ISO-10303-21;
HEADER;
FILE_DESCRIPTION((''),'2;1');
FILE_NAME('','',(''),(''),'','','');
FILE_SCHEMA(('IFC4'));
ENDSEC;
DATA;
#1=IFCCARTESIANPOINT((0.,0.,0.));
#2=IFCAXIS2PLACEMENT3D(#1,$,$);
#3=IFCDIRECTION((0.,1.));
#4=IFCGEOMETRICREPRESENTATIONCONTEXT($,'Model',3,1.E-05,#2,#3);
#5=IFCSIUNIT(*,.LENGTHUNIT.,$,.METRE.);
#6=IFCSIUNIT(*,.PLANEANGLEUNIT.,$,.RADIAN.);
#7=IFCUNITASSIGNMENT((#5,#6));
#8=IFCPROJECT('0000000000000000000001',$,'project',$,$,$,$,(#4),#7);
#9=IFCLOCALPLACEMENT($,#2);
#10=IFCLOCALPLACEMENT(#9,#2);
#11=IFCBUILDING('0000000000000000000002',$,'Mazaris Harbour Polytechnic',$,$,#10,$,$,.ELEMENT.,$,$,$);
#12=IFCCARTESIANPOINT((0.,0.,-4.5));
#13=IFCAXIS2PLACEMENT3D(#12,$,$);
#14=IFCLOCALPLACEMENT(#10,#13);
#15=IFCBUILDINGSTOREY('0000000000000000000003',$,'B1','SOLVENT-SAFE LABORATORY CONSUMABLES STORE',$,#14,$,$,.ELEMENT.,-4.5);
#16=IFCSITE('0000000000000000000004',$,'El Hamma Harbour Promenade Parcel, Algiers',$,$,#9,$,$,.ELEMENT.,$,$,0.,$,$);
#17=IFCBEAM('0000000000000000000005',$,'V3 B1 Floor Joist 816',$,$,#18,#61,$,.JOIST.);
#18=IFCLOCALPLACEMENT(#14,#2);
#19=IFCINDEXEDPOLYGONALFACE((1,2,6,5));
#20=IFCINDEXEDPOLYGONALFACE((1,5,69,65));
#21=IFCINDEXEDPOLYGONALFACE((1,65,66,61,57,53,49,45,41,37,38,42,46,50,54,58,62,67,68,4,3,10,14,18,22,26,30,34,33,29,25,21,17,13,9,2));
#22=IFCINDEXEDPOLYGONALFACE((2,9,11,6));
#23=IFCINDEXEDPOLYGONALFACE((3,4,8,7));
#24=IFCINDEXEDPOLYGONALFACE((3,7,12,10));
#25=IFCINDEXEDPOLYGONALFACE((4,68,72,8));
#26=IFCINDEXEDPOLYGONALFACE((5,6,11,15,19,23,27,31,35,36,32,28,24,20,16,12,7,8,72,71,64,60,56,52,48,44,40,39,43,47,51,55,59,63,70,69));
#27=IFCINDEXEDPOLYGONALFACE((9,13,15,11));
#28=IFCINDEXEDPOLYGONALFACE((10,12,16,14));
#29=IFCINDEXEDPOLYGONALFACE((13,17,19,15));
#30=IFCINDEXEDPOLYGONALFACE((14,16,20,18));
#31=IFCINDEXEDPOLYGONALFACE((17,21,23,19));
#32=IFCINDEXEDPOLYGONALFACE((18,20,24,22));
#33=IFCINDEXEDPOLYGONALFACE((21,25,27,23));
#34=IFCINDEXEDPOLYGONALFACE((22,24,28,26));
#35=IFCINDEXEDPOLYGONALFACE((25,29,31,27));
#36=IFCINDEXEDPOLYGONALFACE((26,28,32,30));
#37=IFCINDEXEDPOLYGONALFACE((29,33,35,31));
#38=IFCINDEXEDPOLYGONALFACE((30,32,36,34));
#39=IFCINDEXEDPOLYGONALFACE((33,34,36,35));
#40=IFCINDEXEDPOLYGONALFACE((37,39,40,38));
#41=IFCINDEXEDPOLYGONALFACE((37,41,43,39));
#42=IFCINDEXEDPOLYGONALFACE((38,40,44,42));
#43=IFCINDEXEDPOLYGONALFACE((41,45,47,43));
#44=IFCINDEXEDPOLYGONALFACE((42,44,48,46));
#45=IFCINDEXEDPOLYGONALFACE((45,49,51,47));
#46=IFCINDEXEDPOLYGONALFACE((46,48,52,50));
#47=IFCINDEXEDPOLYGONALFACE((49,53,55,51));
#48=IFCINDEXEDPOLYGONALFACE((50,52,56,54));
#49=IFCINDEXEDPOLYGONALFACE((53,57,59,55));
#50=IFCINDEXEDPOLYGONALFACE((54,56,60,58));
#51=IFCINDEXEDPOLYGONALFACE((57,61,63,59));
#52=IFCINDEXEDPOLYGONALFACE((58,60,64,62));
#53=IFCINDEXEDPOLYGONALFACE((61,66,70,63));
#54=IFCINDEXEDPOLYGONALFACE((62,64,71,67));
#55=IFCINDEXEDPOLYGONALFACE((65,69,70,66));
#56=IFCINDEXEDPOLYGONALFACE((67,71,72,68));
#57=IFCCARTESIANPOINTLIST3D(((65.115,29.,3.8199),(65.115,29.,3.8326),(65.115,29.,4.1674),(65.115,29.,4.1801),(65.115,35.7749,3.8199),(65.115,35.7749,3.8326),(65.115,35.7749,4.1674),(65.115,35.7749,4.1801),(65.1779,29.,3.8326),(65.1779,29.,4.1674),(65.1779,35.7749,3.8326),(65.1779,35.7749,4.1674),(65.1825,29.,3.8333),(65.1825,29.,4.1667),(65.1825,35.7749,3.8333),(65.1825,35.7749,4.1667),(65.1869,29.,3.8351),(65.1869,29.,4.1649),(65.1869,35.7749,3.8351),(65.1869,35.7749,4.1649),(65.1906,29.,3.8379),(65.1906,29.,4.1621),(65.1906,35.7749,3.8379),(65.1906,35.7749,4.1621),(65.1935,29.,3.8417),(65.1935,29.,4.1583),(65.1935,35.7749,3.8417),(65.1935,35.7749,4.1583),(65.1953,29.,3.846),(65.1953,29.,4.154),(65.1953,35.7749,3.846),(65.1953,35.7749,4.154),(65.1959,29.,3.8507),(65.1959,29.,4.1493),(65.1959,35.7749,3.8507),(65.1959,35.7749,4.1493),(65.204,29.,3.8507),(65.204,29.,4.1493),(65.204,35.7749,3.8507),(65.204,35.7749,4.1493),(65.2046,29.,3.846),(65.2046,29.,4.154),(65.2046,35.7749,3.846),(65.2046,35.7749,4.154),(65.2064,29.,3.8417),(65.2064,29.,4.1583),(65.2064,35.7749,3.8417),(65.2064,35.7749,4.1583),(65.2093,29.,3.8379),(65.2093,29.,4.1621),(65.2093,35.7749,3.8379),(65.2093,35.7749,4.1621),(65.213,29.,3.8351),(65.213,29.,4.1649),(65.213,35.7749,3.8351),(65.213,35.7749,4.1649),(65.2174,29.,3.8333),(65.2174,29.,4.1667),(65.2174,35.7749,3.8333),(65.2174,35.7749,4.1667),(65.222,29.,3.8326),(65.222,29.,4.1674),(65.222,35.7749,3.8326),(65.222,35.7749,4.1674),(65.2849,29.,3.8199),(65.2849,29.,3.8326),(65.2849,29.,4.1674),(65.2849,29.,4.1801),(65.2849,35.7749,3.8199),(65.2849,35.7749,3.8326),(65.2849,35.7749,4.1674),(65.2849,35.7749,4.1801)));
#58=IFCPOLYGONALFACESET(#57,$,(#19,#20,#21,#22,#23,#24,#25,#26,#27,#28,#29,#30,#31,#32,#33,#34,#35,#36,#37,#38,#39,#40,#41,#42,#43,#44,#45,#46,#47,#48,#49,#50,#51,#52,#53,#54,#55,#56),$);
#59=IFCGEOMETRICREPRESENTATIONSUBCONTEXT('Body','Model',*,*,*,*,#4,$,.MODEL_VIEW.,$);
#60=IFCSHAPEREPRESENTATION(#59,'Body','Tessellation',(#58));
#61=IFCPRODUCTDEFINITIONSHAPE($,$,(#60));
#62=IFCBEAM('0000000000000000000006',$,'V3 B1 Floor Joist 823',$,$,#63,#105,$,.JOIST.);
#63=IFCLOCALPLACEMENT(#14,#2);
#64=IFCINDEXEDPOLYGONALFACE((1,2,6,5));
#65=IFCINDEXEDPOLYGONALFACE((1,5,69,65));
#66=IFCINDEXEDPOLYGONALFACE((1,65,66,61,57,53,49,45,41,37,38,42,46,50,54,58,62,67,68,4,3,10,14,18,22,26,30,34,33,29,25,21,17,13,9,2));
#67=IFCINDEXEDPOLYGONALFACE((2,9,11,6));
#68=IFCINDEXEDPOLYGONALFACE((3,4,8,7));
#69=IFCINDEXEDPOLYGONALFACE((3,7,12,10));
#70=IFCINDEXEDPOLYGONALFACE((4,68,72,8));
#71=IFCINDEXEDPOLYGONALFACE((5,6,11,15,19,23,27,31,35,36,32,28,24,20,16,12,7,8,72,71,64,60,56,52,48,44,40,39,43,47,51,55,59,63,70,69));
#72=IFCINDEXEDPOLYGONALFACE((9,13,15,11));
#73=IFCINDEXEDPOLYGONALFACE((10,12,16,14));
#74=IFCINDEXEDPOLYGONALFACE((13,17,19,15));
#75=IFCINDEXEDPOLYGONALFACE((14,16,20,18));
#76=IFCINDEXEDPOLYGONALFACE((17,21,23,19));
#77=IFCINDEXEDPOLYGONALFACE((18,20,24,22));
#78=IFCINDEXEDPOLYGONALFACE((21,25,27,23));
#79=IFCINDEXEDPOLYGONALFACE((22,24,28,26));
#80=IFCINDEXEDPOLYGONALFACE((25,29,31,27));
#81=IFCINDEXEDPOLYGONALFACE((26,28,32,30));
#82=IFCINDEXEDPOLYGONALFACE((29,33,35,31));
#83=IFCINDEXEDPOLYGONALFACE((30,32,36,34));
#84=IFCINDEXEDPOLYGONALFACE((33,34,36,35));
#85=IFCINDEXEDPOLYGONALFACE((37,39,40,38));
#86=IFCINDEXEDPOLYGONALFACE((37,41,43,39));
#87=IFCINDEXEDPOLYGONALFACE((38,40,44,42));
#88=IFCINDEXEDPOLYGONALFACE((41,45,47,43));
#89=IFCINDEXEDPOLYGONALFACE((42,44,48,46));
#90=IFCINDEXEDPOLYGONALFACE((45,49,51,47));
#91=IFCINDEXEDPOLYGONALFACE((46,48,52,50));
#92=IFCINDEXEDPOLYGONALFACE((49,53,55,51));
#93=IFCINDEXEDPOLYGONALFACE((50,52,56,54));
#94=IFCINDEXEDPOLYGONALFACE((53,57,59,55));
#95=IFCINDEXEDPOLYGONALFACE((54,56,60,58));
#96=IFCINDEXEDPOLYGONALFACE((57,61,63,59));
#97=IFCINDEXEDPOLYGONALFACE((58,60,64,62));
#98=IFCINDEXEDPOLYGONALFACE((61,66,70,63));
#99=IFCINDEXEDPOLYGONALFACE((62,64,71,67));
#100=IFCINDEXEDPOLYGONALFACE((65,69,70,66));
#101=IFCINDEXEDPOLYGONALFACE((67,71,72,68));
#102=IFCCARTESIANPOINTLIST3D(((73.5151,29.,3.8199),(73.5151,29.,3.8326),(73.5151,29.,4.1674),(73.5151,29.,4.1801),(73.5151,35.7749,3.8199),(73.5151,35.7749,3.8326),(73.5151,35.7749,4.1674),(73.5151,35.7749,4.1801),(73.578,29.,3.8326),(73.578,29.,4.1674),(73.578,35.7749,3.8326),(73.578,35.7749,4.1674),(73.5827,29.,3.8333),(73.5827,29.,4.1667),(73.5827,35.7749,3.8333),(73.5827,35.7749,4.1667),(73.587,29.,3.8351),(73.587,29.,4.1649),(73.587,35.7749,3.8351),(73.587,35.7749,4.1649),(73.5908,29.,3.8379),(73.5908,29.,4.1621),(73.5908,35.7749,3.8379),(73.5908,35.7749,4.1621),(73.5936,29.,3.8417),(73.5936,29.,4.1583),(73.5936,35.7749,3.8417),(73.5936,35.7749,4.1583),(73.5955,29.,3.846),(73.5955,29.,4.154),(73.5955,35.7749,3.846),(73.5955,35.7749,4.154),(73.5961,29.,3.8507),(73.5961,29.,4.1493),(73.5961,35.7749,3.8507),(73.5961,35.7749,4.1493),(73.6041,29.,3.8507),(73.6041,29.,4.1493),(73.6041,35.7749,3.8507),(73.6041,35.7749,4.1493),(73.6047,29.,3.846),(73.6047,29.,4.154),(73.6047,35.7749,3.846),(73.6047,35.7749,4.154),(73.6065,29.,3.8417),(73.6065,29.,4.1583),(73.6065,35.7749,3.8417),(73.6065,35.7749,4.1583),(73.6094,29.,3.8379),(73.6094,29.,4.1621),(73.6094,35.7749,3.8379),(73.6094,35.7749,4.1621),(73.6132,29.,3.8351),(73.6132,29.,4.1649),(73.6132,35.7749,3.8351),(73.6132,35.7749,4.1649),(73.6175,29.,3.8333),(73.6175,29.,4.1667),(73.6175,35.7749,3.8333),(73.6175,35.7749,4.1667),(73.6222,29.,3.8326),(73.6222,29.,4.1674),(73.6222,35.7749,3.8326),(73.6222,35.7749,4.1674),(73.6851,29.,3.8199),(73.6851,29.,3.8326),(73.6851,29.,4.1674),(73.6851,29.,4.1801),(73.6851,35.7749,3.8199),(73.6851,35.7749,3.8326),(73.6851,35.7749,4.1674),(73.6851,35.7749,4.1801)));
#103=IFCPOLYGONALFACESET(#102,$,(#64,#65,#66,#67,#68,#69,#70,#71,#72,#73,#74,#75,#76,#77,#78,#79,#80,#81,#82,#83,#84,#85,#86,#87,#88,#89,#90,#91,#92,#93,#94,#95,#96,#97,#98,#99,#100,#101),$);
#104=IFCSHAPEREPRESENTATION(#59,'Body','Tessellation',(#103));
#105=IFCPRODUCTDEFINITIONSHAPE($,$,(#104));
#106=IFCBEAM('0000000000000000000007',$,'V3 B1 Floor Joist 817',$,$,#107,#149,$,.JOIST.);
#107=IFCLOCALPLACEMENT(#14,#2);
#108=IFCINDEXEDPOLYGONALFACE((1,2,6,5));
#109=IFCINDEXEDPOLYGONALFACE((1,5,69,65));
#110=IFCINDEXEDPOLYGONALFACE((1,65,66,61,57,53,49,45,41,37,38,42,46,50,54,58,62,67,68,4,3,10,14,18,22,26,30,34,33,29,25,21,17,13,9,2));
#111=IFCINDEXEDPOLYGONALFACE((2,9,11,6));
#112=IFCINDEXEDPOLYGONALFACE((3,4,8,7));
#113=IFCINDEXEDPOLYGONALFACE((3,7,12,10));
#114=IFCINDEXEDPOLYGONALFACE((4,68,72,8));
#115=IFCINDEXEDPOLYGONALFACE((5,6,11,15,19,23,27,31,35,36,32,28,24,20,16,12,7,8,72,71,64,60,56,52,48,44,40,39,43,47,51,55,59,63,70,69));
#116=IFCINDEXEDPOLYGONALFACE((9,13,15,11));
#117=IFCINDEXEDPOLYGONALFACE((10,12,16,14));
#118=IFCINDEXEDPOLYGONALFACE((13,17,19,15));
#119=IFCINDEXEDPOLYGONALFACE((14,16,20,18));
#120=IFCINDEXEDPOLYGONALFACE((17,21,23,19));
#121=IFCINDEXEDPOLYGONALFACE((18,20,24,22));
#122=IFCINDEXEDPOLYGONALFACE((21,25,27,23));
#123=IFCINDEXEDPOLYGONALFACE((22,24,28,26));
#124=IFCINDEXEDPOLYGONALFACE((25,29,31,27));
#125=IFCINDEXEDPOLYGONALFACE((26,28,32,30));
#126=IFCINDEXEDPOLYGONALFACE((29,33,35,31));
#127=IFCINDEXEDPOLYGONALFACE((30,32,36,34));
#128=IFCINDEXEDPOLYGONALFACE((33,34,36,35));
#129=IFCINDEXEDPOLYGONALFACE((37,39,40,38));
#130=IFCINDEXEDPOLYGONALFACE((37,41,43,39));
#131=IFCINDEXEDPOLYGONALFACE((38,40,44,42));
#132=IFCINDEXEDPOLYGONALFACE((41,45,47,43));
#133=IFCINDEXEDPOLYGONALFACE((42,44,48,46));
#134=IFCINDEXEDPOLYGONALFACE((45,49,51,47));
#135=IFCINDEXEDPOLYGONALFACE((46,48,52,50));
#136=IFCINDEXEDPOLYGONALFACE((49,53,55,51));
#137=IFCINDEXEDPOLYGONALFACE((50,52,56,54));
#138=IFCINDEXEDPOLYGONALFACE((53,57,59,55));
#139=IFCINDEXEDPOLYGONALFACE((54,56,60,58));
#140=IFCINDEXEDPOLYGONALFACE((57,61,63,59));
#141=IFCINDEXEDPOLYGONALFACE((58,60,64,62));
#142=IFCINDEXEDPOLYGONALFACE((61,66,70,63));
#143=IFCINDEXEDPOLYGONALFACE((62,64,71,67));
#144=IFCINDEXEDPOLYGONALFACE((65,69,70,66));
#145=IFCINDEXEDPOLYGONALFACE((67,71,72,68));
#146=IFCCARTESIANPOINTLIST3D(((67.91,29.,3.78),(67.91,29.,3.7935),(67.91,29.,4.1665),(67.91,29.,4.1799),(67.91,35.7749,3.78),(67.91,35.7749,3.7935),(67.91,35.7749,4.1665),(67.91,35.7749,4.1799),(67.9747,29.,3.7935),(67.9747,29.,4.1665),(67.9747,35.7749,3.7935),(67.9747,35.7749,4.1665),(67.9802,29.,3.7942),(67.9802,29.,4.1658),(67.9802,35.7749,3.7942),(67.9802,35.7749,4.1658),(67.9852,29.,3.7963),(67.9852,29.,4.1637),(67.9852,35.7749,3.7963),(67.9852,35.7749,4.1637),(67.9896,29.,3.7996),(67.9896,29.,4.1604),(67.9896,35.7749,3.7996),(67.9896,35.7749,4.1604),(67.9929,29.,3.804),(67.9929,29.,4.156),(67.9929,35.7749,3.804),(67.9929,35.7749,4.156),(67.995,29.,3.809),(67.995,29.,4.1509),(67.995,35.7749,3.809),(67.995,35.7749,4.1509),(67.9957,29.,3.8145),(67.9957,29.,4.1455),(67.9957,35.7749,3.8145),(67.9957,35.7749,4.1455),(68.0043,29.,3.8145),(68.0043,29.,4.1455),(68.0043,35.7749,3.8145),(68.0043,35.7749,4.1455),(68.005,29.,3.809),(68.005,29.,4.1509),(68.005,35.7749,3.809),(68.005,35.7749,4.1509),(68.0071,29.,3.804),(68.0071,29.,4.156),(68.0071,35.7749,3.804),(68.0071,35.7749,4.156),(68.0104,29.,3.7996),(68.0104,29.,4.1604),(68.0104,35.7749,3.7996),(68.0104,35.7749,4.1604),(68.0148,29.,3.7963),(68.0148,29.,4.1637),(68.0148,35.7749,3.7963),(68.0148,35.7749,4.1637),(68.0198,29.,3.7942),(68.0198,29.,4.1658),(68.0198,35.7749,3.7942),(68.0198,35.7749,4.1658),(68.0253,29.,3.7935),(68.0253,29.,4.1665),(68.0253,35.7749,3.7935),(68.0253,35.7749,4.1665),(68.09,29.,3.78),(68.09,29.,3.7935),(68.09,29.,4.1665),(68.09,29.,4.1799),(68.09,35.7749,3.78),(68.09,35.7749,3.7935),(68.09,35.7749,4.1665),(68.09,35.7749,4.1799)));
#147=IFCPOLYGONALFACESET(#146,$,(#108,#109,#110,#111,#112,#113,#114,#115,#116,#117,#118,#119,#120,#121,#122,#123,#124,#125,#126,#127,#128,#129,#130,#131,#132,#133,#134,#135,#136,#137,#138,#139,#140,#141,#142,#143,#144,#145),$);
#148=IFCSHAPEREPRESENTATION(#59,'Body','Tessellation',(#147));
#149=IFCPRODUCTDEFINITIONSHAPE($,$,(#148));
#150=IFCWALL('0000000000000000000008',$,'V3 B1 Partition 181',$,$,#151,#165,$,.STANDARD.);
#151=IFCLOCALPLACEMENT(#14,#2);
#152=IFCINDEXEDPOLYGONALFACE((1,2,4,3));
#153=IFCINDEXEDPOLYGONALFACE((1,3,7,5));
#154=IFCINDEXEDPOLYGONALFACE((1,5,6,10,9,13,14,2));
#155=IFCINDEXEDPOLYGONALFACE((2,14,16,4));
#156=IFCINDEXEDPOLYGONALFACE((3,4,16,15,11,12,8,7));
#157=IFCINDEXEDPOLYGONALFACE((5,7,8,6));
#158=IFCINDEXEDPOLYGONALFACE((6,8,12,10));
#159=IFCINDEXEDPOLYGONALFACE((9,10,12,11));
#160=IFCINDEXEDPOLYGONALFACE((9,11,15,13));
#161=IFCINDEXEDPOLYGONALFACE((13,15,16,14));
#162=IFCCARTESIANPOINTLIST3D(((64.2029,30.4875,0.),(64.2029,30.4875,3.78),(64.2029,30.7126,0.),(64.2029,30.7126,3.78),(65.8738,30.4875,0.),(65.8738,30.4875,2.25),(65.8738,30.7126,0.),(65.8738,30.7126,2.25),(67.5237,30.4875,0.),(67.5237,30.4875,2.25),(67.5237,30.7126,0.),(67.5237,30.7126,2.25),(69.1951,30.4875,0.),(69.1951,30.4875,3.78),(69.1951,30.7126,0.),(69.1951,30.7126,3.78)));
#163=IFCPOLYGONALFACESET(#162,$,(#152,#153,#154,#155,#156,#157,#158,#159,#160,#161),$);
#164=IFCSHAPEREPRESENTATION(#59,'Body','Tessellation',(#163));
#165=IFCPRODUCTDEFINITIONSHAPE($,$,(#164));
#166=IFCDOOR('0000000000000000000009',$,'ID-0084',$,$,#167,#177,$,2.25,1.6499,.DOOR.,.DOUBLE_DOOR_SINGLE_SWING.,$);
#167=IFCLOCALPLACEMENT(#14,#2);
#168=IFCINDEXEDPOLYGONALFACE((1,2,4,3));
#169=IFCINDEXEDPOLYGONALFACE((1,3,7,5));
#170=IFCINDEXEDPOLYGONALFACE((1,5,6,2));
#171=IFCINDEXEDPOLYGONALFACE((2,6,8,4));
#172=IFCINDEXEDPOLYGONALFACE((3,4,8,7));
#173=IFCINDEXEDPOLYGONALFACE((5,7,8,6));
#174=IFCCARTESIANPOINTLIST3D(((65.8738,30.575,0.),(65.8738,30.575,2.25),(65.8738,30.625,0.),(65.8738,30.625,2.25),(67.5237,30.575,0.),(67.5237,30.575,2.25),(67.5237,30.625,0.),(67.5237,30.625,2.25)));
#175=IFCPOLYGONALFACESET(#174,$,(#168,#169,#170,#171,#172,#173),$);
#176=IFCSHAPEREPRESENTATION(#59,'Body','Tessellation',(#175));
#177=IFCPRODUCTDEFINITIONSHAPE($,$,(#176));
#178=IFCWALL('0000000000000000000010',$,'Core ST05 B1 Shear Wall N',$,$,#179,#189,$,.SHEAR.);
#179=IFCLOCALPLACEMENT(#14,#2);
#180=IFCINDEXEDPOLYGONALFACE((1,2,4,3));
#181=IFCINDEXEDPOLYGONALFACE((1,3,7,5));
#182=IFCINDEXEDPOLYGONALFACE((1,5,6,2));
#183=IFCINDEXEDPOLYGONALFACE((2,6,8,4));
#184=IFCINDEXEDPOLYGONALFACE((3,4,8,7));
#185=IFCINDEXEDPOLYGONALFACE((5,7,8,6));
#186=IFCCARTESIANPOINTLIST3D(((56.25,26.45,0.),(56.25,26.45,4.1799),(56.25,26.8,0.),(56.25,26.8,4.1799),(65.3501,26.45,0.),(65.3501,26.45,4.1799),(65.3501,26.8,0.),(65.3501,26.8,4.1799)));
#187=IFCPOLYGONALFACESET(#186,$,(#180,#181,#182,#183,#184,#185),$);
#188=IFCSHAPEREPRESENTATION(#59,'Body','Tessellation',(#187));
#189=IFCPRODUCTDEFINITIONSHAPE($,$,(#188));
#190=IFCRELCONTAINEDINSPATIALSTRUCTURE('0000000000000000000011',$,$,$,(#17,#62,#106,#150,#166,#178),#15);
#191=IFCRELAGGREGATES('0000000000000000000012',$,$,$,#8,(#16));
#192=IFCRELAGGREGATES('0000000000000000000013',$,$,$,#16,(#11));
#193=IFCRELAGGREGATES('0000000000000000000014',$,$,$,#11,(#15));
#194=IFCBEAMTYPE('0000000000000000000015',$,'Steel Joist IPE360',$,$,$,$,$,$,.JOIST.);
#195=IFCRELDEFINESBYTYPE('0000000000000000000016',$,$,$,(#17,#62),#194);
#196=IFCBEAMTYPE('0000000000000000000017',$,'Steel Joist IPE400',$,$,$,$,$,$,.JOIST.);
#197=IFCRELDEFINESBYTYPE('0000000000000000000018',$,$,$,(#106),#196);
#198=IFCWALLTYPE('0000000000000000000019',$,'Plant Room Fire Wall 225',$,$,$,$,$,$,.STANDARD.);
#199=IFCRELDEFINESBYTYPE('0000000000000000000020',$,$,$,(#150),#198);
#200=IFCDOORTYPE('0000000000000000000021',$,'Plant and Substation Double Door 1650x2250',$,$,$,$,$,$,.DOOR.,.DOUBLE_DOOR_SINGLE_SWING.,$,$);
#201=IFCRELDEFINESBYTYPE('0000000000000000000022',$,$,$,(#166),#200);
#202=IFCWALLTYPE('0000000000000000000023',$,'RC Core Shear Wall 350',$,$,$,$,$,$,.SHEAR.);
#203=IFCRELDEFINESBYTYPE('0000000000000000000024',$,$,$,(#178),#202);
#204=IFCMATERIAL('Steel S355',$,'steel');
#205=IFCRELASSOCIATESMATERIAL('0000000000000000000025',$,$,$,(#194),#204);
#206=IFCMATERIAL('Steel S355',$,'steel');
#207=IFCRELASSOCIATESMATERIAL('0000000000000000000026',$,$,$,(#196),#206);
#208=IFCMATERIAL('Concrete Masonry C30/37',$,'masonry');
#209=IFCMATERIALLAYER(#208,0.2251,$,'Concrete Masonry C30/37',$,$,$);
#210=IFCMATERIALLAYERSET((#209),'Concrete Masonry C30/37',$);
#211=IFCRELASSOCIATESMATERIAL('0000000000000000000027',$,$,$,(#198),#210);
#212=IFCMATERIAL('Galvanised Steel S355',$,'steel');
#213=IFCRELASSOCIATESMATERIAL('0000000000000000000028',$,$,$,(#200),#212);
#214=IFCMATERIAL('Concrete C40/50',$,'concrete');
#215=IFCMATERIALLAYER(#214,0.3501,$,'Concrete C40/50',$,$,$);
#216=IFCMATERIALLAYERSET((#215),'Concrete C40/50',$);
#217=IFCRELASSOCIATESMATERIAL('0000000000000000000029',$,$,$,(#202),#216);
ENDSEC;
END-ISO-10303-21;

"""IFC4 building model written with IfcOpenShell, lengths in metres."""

from ifc_helpers import new_model, si_unit, direction, frame, frame_2d, origin, origin_2d, place, context, subcontext, project, spatial, rectangle, i_section, extrude, material, layer, layer_set, material_profile, profile_set, type_object, element, fill, save


model = new_model("IFC4")

# Units and contexts
model_context = context("Model", 3, precision=1e-05, world=origin(), true_north=direction((0.0, 1.0)))
body_context = subcontext(model_context, "Body", "Model", "MODEL_VIEW")
ifc_project = project(units=[si_unit("LENGTHUNIT", "METRE"), si_unit("PLANEANGLEUNIT", "RADIAN")], contexts=[model_context])

# Site, building, storey
site_placement = place(None, origin())
site = spatial("IfcSite", under=ifc_project, at=site_placement, Name="El Hamma Harbour Promenade Parcel, Algiers", CompositionType="ELEMENT", RefElevation=0.0)
building_placement = place(site_placement, origin())
building = spatial("IfcBuilding", under=site, at=building_placement, Name="Mazaris Harbour Polytechnic", CompositionType="ELEMENT")
storey_placement = place(building_placement, frame((0.0, 0.0, -4.5)))
storey = spatial("IfcBuildingStorey", under=building, at=storey_placement, Name="B1", Description="SOLVENT-SAFE LABORATORY CONSUMABLES STORE", CompositionType="ELEMENT", Elevation=-4.5)

# Beams
ifc_material_1 = material(Name="Steel S355", Category="steel")
ifc_material_profile_1 = material_profile(ifc_material_1, i_section(OverallWidth=0.1699, OverallDepth=0.3601, WebThickness=0.0081, FlangeThickness=0.0127, FilletRadius=0.0181, at=origin_2d()), Name="IPE 360")
ifc_profile_set_1 = profile_set([ifc_material_profile_1], Name="Steel S355")
beam_type_1 = type_object("IfcBeamType", Name="Steel Joist IPE360", PredefinedType="JOIST", material=ifc_profile_set_1)
for number, where, z_axis, x_axis, name in (
    (1, (65.2, 29.0, 4.0), (0.0, 1.0, 0.0), (-1.0, 0.0, 0.0), "V3 B1 Floor Joist 816"),
    (2, (73.6001, 29.0, 4.0), (0.0, 1.0, 0.0), (-1.0, 0.0, 0.0), "V3 B1 Floor Joist 823"),
):
    element("IfcBeam", number, at=place(storey_placement, frame(where, z_axis=z_axis, x_axis=x_axis)), inside=storey, type_object=beam_type_1, Name=name, PredefinedType="JOIST", context=body_context, shape_type="SweptSolid", body=[
        extrude(i_section(OverallWidth=0.1699, OverallDepth=0.3601, WebThickness=0.0081, FlangeThickness=0.0127, FilletRadius=0.0181, at=origin_2d()), origin(), (0.0, 0.0, 1.0), 6.7749),
    ])
ifc_material_2 = material(Name="Steel S355", Category="steel")
ifc_material_profile_2 = material_profile(ifc_material_2, i_section(OverallWidth=0.1799, OverallDepth=0.3999, WebThickness=0.0085, FlangeThickness=0.0134, FilletRadius=0.021, at=origin_2d()), Name="IPE 400")
ifc_profile_set_2 = profile_set([ifc_material_profile_2], Name="Steel S355")
beam_type_2 = type_object("IfcBeamType", Name="Steel Joist IPE400", PredefinedType="JOIST", material=ifc_profile_set_2)
beam_1_placement = place(storey_placement, frame((68.0, 29.0, 3.98), z_axis=(0.0, 1.0, 0.0), x_axis=(-1.0, 0.0, 0.0)))
element("IfcBeam", 3, at=beam_1_placement, inside=storey, type_object=beam_type_2, Name="V3 B1 Floor Joist 817", PredefinedType="JOIST", context=body_context, shape_type="SweptSolid", body=[
    extrude(i_section(OverallWidth=0.1799, OverallDepth=0.3999, WebThickness=0.0085, FlangeThickness=0.0134, FilletRadius=0.021, at=origin_2d()), origin(), (0.0, 0.0, 1.0), 6.7749),
])

# Wall, opening, door
ifc_material_3 = material(Name="Concrete Masonry C30/37", Category="masonry")
ifc_layer_1 = layer(ifc_material_3, 0.2251, Name="Concrete Masonry C30/37")
ifc_layer_set_1 = layer_set([ifc_layer_1], Name="Concrete Masonry C30/37")
wall_type_1 = type_object("IfcWallType", Name="Plant Room Fire Wall 225", PredefinedType="STANDARD", material=ifc_layer_set_1)
wall_1_placement = place(storey_placement, frame((64.2029, 30.6001, 0.0), z_axis=(0.0, 0.0, 1.0), x_axis=(1.0, 0.0, 0.0)))
wall_1 = element("IfcWall", 4, at=wall_1_placement, inside=storey, type_object=wall_type_1, Name="V3 B1 Partition 181", PredefinedType="STANDARD", context=body_context, shape_type="SweptSolid", body=[
    extrude(rectangle(XDim=4.9922, YDim=0.2251, at=frame_2d((2.4961, 0.0))), origin(), (0.0, 0.0, 1.0), 3.78),
])
opening_1_placement = place(wall_1_placement, frame((1.6709, 0.0, 0.0)))
opening_1 = element("IfcOpeningElement", 5, at=opening_1_placement, cuts=wall_1, PredefinedType="OPENING", context=body_context, shape_type="SweptSolid", body=[
    extrude(rectangle(XDim=1.6499, YDim=2.25, at=frame_2d((0.825, 1.125))), frame((0.0, 0.1226, 0.0), z_axis=(0.0, -1.0, 0.0), x_axis=(1.0, 0.0, 0.0)), (0.0, 0.0, 1.0), 0.2451),
])
ifc_material_4 = material(Name="Galvanised Steel S355", Category="steel")
door_type_1 = type_object("IfcDoorType", Name="Plant and Substation Double Door 1650x2250", OperationType="DOUBLE_DOOR_SINGLE_SWING", PredefinedType="DOOR", material=ifc_material_4)
door_1_placement = place(opening_1_placement, origin())
door_1 = element("IfcDoor", 6, at=door_1_placement, inside=storey, type_object=door_type_1, Name="ID-0084", OperationType="DOUBLE_DOOR_SINGLE_SWING", OverallHeight=2.25, OverallWidth=1.6499, PredefinedType="DOOR", context=body_context, shape_type="SweptSolid", body=[
    extrude(rectangle(XDim=1.6499, YDim=2.25, at=frame_2d((0.825, 1.125))), frame((0.0, 0.0249, 0.0), z_axis=(0.0, -1.0, 0.0), x_axis=(1.0, 0.0, 0.0)), (0.0, 0.0, 1.0), 0.05),
])
fill(opening_1, door_1)

# Wall
ifc_material_5 = material(Name="Concrete C40/50", Category="concrete")
ifc_layer_2 = layer(ifc_material_5, 0.3501, Name="Concrete C40/50")
ifc_layer_set_2 = layer_set([ifc_layer_2], Name="Concrete C40/50")
wall_type_2 = type_object("IfcWallType", Name="RC Core Shear Wall 350", PredefinedType="SHEAR", material=ifc_layer_set_2)
wall_2_placement = place(storey_placement, frame((65.3501, 26.625, 0.0), z_axis=(0.0, 0.0, 1.0), x_axis=(-1.0, 0.0, 0.0)))
element("IfcWall", 7, at=wall_2_placement, inside=storey, type_object=wall_type_2, Name="Core ST05 B1 Shear Wall N", PredefinedType="SHEAR", context=body_context, shape_type="SweptSolid", body=[
    extrude(rectangle(XDim=9.1001, YDim=0.3501, at=frame_2d((4.55, 0.0))), origin(), (0.0, 0.0, 1.0), 4.1799),
])

save(model, "model.ifc")
